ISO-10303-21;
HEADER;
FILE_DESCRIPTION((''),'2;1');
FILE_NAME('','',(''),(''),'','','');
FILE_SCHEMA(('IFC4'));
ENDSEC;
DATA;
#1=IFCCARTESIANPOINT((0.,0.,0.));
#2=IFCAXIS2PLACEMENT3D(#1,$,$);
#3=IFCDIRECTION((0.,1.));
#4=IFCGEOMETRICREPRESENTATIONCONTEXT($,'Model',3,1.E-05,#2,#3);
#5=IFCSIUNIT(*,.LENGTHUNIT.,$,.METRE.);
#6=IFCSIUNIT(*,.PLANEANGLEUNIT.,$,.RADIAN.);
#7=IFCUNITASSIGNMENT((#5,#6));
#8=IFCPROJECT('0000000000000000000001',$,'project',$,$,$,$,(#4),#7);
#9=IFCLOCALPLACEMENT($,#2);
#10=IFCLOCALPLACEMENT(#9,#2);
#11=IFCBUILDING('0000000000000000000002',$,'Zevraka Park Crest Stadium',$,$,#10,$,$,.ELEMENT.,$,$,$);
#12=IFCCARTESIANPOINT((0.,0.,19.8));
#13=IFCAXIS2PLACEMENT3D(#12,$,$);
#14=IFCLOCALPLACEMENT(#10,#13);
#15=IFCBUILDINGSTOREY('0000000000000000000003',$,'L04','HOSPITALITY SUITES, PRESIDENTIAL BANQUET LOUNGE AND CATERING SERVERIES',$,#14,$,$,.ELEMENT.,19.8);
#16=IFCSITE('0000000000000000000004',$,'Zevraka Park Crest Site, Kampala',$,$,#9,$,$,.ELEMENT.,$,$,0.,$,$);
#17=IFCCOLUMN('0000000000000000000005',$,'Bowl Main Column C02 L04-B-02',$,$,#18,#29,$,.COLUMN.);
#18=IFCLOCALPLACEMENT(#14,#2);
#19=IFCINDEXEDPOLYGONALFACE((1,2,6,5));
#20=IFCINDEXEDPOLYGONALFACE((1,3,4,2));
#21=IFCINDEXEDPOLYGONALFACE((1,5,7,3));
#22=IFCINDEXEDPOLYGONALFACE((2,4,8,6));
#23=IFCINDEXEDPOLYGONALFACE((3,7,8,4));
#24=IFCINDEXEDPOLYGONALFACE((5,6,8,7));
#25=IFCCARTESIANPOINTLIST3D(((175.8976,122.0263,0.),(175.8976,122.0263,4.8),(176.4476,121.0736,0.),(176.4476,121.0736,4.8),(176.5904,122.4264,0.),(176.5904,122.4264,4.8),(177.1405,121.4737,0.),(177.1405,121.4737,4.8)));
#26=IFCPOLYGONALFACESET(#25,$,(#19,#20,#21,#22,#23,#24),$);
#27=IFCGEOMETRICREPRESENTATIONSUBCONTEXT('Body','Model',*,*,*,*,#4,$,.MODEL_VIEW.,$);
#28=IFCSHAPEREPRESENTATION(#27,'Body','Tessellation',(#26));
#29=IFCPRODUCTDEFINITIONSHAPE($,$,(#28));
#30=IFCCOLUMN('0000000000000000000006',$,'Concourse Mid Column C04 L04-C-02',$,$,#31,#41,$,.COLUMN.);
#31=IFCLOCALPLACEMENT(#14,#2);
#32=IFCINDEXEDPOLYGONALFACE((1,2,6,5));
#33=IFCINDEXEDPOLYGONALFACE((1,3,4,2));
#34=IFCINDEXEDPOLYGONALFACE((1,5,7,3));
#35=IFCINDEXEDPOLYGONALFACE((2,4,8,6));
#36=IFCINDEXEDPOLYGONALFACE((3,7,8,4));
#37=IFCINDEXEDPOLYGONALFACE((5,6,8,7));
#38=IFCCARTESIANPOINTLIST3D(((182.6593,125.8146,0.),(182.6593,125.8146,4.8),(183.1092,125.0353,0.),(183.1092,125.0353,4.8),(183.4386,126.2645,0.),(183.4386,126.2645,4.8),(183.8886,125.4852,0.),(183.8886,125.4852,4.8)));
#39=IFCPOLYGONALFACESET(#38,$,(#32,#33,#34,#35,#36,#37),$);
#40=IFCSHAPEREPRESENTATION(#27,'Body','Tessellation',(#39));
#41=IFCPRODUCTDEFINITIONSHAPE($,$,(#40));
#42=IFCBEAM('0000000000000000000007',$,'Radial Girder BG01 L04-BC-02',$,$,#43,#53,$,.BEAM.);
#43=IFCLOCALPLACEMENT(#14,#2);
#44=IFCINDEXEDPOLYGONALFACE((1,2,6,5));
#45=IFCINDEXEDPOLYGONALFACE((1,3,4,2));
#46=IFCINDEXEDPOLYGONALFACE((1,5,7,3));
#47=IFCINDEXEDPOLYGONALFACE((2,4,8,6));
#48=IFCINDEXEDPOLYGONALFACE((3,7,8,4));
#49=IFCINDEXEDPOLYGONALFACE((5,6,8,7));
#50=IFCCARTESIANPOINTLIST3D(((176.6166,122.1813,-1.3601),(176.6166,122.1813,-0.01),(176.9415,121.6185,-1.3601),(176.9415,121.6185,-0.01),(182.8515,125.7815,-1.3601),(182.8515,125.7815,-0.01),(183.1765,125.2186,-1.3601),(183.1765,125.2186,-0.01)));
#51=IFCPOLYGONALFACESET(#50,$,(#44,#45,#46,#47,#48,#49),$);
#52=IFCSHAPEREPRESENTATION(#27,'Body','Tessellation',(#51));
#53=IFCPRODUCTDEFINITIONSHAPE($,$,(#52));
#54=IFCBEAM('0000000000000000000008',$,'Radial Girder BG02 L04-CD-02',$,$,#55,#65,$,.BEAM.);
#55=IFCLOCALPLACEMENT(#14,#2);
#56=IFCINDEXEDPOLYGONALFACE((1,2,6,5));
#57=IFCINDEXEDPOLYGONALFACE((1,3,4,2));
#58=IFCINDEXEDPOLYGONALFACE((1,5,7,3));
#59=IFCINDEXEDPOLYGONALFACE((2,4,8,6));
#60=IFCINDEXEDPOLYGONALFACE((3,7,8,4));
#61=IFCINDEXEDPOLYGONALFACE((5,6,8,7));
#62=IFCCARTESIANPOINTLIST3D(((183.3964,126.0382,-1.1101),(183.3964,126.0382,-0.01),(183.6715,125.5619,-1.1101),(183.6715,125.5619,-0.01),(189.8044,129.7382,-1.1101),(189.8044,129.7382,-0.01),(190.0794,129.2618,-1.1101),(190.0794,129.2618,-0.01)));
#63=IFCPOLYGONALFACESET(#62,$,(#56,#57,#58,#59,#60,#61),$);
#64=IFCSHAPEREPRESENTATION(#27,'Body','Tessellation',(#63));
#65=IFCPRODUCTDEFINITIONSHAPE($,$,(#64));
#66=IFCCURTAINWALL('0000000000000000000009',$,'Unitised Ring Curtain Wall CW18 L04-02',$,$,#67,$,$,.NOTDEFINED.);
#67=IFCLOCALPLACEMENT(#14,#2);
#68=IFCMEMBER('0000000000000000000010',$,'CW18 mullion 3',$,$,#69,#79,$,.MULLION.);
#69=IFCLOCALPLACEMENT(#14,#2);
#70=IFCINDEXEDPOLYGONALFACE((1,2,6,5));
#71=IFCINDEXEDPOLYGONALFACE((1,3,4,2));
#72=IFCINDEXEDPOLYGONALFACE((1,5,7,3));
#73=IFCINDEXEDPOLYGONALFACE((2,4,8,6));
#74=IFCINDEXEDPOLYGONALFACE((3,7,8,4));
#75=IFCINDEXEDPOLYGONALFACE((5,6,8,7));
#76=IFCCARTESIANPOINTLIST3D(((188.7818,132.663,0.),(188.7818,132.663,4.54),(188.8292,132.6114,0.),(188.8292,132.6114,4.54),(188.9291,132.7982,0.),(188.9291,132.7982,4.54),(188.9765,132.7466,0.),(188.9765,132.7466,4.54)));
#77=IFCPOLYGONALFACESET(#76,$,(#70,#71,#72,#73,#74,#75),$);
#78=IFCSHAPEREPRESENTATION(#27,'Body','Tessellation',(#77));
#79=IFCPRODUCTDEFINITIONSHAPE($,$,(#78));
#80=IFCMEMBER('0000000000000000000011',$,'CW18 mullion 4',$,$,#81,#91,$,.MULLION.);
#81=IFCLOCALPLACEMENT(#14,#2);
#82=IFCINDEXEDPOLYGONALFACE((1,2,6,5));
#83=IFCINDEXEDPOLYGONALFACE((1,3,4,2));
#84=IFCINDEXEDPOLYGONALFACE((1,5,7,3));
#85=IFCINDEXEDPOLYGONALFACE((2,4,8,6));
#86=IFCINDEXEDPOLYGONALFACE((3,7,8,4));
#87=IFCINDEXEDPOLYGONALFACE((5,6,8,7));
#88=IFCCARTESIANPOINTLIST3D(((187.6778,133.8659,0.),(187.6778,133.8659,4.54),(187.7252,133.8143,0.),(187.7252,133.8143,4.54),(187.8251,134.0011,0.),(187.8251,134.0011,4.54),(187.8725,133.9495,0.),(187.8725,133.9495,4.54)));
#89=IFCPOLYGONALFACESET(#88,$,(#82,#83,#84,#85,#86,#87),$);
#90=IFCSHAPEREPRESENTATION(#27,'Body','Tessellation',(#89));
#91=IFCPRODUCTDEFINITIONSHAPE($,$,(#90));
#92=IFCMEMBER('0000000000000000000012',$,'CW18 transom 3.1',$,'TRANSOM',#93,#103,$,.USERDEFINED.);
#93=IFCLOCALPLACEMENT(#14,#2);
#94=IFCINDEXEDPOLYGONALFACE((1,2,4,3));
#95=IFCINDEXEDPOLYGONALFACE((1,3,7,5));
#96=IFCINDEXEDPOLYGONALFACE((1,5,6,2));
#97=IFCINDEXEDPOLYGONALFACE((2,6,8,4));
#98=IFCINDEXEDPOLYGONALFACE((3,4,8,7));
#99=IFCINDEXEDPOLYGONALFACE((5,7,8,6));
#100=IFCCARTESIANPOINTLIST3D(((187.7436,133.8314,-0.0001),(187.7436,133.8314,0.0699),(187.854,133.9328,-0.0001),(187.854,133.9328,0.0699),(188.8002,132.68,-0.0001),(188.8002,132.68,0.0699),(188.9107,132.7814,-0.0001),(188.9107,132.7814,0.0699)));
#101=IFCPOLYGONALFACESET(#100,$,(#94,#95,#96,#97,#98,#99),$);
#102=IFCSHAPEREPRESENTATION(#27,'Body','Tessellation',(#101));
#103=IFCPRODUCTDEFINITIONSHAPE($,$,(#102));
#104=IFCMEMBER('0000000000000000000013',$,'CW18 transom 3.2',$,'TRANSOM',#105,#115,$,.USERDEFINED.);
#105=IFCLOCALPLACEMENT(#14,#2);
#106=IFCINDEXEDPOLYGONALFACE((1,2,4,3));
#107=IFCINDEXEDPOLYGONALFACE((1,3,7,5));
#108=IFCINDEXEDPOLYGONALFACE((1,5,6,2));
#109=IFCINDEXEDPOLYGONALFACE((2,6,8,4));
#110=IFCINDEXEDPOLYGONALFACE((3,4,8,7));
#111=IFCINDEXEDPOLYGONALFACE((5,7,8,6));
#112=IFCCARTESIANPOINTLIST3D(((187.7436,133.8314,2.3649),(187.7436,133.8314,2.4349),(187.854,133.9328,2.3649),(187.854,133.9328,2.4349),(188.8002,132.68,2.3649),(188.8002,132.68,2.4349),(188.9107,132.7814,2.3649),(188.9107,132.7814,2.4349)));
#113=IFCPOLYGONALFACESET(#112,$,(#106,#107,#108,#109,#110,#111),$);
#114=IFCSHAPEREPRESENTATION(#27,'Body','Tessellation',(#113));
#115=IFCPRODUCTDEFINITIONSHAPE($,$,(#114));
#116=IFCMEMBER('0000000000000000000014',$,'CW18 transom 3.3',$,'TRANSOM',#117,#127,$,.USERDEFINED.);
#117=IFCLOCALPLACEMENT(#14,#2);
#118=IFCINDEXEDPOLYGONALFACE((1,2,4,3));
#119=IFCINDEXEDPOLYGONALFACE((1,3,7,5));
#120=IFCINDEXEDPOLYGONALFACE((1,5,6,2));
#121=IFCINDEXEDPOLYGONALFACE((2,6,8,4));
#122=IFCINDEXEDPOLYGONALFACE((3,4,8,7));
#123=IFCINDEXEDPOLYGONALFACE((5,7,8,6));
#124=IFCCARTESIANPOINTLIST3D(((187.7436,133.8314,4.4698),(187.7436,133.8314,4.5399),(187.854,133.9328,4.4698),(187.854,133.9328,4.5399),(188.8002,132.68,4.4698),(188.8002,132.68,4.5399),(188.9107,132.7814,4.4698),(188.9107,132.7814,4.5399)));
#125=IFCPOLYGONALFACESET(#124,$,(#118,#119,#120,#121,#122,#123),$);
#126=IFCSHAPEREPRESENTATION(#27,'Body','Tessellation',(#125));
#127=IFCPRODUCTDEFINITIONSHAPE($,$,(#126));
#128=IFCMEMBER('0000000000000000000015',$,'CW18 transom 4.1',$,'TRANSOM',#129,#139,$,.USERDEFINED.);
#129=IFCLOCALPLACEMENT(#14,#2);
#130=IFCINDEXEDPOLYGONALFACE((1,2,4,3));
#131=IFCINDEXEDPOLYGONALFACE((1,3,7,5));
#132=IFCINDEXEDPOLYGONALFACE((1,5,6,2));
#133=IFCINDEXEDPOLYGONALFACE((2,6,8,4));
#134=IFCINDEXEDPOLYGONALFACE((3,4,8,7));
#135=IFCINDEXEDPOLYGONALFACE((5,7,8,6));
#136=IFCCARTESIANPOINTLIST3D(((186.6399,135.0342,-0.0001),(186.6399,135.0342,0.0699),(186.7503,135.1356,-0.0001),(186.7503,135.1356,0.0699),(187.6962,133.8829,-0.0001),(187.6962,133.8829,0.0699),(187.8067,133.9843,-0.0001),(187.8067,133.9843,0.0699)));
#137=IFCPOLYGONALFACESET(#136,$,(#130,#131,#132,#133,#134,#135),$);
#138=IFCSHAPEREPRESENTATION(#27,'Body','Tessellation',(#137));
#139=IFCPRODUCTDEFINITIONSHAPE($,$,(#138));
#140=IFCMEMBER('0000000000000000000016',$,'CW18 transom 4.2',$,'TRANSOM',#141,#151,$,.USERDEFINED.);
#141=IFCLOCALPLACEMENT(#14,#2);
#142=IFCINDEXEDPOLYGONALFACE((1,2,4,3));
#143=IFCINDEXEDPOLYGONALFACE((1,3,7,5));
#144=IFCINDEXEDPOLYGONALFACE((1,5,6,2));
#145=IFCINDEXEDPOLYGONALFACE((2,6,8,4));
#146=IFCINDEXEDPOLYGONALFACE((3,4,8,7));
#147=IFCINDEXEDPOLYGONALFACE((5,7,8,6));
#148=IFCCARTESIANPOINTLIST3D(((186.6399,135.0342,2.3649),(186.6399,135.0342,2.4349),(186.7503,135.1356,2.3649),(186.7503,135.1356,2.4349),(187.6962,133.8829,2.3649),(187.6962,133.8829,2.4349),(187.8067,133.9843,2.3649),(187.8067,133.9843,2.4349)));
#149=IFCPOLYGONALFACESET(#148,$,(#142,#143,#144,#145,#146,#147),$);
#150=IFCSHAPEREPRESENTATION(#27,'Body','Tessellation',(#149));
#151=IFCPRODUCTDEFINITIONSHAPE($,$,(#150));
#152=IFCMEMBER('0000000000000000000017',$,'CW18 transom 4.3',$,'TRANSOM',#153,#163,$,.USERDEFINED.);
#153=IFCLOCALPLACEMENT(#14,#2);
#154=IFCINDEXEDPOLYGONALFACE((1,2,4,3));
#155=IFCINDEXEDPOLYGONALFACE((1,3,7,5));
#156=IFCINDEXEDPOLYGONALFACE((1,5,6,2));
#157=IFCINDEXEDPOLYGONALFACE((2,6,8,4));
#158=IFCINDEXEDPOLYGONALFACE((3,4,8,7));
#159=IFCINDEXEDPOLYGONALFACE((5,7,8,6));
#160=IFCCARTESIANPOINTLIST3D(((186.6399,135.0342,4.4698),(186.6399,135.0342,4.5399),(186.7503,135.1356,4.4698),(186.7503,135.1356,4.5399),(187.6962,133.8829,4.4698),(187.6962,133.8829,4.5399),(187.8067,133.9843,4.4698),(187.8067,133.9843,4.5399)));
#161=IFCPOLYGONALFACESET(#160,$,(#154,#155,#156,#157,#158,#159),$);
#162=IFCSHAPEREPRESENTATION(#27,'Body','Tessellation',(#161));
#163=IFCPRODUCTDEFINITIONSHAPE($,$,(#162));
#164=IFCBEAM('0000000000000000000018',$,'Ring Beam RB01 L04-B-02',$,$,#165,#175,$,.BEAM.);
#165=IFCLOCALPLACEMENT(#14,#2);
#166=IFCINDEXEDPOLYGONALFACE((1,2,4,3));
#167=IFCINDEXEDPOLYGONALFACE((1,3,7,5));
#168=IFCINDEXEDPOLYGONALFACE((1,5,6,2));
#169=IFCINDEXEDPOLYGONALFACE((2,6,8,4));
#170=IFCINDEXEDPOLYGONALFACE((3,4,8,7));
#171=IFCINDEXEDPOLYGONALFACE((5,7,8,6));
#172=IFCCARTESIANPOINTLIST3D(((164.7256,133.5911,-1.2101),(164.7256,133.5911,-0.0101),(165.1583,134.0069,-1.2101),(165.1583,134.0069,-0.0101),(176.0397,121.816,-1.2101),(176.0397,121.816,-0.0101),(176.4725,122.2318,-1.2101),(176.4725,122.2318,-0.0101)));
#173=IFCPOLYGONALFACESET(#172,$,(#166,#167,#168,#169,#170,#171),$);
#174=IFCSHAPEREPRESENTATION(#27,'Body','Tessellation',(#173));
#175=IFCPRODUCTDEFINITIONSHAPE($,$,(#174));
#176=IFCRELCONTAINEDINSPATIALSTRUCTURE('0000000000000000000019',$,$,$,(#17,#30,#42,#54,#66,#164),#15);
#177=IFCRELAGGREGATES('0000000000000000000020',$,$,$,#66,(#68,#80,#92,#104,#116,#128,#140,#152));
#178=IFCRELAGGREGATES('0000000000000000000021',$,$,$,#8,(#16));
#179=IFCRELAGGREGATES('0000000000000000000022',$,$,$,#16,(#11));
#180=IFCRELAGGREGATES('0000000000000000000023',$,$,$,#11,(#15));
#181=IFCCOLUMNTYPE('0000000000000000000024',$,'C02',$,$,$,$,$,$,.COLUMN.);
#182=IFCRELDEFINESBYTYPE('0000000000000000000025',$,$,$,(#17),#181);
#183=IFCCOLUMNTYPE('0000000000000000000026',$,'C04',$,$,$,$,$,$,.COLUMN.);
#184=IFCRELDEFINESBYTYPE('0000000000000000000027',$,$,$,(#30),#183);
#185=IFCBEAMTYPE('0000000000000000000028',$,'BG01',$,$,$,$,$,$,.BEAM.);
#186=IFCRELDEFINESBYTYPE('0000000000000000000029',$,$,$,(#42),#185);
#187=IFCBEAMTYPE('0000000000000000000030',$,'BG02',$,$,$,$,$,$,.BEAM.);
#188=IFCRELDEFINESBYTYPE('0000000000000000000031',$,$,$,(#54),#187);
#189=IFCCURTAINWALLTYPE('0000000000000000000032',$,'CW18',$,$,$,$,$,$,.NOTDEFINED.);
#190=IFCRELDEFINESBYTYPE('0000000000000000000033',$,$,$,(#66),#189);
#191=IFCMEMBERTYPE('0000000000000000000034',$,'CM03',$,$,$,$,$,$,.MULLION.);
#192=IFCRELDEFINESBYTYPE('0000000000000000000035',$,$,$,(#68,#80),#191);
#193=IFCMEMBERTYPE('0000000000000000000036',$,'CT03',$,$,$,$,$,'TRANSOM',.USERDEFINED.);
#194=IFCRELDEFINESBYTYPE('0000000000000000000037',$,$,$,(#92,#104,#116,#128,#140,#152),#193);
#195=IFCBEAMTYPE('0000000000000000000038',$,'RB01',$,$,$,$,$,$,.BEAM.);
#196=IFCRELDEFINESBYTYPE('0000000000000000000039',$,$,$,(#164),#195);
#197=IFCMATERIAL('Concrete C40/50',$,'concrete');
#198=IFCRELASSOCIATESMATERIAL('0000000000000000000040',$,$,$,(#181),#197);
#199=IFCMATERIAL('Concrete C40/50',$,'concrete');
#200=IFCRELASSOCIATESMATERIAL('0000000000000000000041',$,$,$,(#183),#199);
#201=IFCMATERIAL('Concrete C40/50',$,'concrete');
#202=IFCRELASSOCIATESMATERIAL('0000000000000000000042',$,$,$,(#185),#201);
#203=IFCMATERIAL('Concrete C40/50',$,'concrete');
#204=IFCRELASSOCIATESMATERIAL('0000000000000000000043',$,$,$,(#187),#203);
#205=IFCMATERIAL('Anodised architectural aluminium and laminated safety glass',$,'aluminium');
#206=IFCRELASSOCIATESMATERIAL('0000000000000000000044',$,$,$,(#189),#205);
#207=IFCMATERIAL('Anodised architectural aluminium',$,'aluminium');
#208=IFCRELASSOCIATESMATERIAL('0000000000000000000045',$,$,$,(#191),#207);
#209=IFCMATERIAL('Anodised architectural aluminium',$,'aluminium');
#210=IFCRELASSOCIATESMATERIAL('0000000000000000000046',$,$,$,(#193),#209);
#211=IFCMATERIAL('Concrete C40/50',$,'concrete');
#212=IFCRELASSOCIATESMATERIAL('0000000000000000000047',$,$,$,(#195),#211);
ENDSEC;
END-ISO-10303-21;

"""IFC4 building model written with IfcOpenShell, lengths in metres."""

from ifc_helpers import new_model, si_unit, direction, frame, origin, origin_2d, place, context, subcontext, project, spatial, rectangle, extrude, material, material_profile, profile_set, type_object, element, aggregate, save


model = new_model("IFC4")

# Units and contexts
model_context = context("Model", 3, precision=1e-05, world=origin(), true_north=direction((0.0, 1.0)))
body_context = subcontext(model_context, "Body", "Model", "MODEL_VIEW")
ifc_project = project(units=[si_unit("LENGTHUNIT", "METRE"), si_unit("PLANEANGLEUNIT", "RADIAN")], contexts=[model_context])

# Site, building, storey
site_placement = place(None, origin())
site = spatial("IfcSite", under=ifc_project, at=site_placement, Name="Zevraka Park Crest Site, Kampala", CompositionType="ELEMENT", RefElevation=0.0)
building_placement = place(site_placement, origin())
building = spatial("IfcBuilding", under=site, at=building_placement, Name="Zevraka Park Crest Stadium", CompositionType="ELEMENT")
storey_placement = place(building_placement, frame((0.0, 0.0, 19.8)))
storey = spatial("IfcBuildingStorey", under=building, at=storey_placement, Name="L04", Description="HOSPITALITY SUITES, PRESIDENTIAL BANQUET LOUNGE AND CATERING SERVERIES", CompositionType="ELEMENT", Elevation=19.8)

# Columns
ifc_material_1 = material(Name="Concrete C40/50", Category="concrete")
ifc_material_profile_1 = material_profile(ifc_material_1, rectangle(XDim=0.8, YDim=1.1001, at=origin_2d()), Name="RC 1100x800")
ifc_profile_set_1 = profile_set([ifc_material_profile_1], Name="Concrete C40/50")
column_type_1 = type_object("IfcColumnType", Name="C02", PredefinedType="COLUMN", material=ifc_profile_set_1)
column_1_placement = place(storey_placement, frame((176.519, 121.75, 0.0), z_axis=(0.0, 0.0, 1.0), x_axis=(0.866025, 0.5, 0.0)))
element("IfcColumn", 1, at=column_1_placement, inside=storey, type_object=column_type_1, Name="Bowl Main Column C02 L04-B-02", PredefinedType="COLUMN", context=body_context, shape_type="SweptSolid", body=[
    extrude(rectangle(XDim=0.8, YDim=1.1001, at=origin_2d()), origin(), (0.0, 0.0, 1.0), 4.8),
])
ifc_material_2 = material(Name="Concrete C40/50", Category="concrete")
ifc_material_profile_2 = material_profile(ifc_material_2, rectangle(XDim=0.8999, YDim=0.8999, at=origin_2d()), Name="RC 900x900")
ifc_profile_set_2 = profile_set([ifc_material_profile_2], Name="Concrete C40/50")
column_type_2 = type_object("IfcColumnType", Name="C04", PredefinedType="COLUMN", material=ifc_profile_set_2)
column_2_placement = place(storey_placement, frame((183.2739, 125.6499, 0.0), z_axis=(0.0, 0.0, 1.0), x_axis=(0.866025, 0.5, 0.0)))
element("IfcColumn", 2, at=column_2_placement, inside=storey, type_object=column_type_2, Name="Concourse Mid Column C04 L04-C-02", PredefinedType="COLUMN", context=body_context, shape_type="SweptSolid", body=[
    extrude(rectangle(XDim=0.8999, YDim=0.8999, at=origin_2d()), origin(), (0.0, 0.0, 1.0), 4.8),
])

# Beams
ifc_material_3 = material(Name="Concrete C40/50", Category="concrete")
ifc_material_profile_3 = material_profile(ifc_material_3, rectangle(XDim=0.6499, YDim=1.3501, at=origin_2d()), Name="RC 1350x650")
ifc_profile_set_3 = profile_set([ifc_material_profile_3], Name="Concrete C40/50")
beam_type_1 = type_object("IfcBeamType", Name="BG01", PredefinedType="BEAM", material=ifc_profile_set_3)
beam_1_placement = place(storey_placement, frame((176.7791, 121.8999, -0.6851), z_axis=(0.866001, 0.500041, 0.0), x_axis=(-0.500041, 0.866001, 0.0)))
element("IfcBeam", 3, at=beam_1_placement, inside=storey, type_object=beam_type_1, Name="Radial Girder BG01 L04-BC-02", PredefinedType="BEAM", context=body_context, shape_type="SweptSolid", body=[
    extrude(rectangle(XDim=0.6499, YDim=1.3501, at=origin_2d()), origin(), (0.0, 0.0, 1.0), 7.1997),
])
ifc_material_4 = material(Name="Concrete C40/50", Category="concrete")
ifc_material_profile_4 = material_profile(ifc_material_4, rectangle(XDim=0.55, YDim=1.1001, at=origin_2d()), Name="RC 1100x550")
ifc_profile_set_4 = profile_set([ifc_material_profile_4], Name="Concrete C40/50")
beam_type_2 = type_object("IfcBeamType", Name="BG02", PredefinedType="BEAM", material=ifc_profile_set_4)
beam_2_placement = place(storey_placement, frame((183.5339, 125.8, -0.5601), z_axis=(0.866007, 0.500032, 0.0), x_axis=(-0.500032, 0.866007, 0.0)))
element("IfcBeam", 4, at=beam_2_placement, inside=storey, type_object=beam_type_2, Name="Radial Girder BG02 L04-CD-02", PredefinedType="BEAM", context=body_context, shape_type="SweptSolid", body=[
    extrude(rectangle(XDim=0.55, YDim=1.1001, at=origin_2d()), origin(), (0.0, 0.0, 1.0), 7.3994),
])

# Curtain wall, members
ifc_material_5 = material(Name="Anodised architectural aluminium and laminated safety glass", Category="aluminium")
curtain_wall_type = type_object("IfcCurtainWallType", Name="CW18", PredefinedType="NOTDEFINED", material=ifc_material_5)
curtain_wall_placement = place(storey_placement, origin())
curtain_wall = element("IfcCurtainWall", 5, at=curtain_wall_placement, inside=storey, type_object=curtain_wall_type, Name="Unitised Ring Curtain Wall CW18 L04-02", PredefinedType="NOTDEFINED")
ifc_material_6 = material(Name="Anodised architectural aluminium", Category="aluminium")
ifc_material_profile_5 = material_profile(ifc_material_6, rectangle(XDim=0.2, YDim=0.0701, at=origin_2d()), Name="ALU MULLION 200x70")
ifc_profile_set_5 = profile_set([ifc_material_profile_5], Name="Anodised architectural aluminium")
member_type_1 = type_object("IfcMemberType", Name="CM03", PredefinedType="MULLION", material=ifc_profile_set_5)
member_1_placement = place(storey_placement, frame((188.8792, 132.7048, 0.0), z_axis=(0.0, 0.0, 1.0), x_axis=(-0.736775, -0.676138, 0.0)))
member_1 = element("IfcMember", 6, at=member_1_placement, type_object=member_type_1, Name="CW18 mullion 3", PredefinedType="MULLION", context=body_context, shape_type="SweptSolid", body=[
    extrude(rectangle(XDim=0.2, YDim=0.0701, at=origin_2d()), origin(), (0.0, 0.0, 1.0), 4.54),
])
member_2_placement = place(storey_placement, frame((187.7751, 133.9077, 0.0), z_axis=(0.0, 0.0, 1.0), x_axis=(-0.736775, -0.676138, 0.0)))
member_2 = element("IfcMember", 7, at=member_2_placement, type_object=member_type_1, Name="CW18 mullion 4", PredefinedType="MULLION", context=body_context, shape_type="SweptSolid", body=[
    extrude(rectangle(XDim=0.2, YDim=0.0701, at=origin_2d()), origin(), (0.0, 0.0, 1.0), 4.54),
])
ifc_material_7 = material(Name="Anodised architectural aluminium", Category="aluminium")
ifc_material_profile_6 = material_profile(ifc_material_7, rectangle(XDim=0.1499, YDim=0.0701, at=origin_2d()), Name="ALU TRANSOM 150x70")
ifc_profile_set_6 = profile_set([ifc_material_profile_6], Name="Anodised architectural aluminium")
member_type_2 = type_object("IfcMemberType", Name="CT03", ElementType="TRANSOM", PredefinedType="USERDEFINED", material=ifc_profile_set_6)
member_3_placement = place(storey_placement, frame((188.8555, 132.7307, 0.0349), z_axis=(-0.676149, 0.736765, 0.0), x_axis=(-0.736765, -0.676149, 0.0)))
member_3 = element("IfcMember", 8, at=member_3_placement, type_object=member_type_2, Name="CW18 transom 3.1", ObjectType="TRANSOM", PredefinedType="USERDEFINED", context=body_context, shape_type="SweptSolid", body=[
    extrude(rectangle(XDim=0.1499, YDim=0.0701, at=origin_2d()), origin(), (0.0, 0.0, 1.0), 1.5627),
])
member_4_placement = place(storey_placement, frame((188.8555, 132.7307, 2.3999), z_axis=(-0.676149, 0.736765, 0.0), x_axis=(-0.736765, -0.676149, 0.0)))
member_4 = element("IfcMember", 9, at=member_4_placement, type_object=member_type_2, Name="CW18 transom 3.2", ObjectType="TRANSOM", PredefinedType="USERDEFINED", context=body_context, shape_type="SweptSolid", body=[
    extrude(rectangle(XDim=0.1499, YDim=0.0701, at=origin_2d()), origin(), (0.0, 0.0, 1.0), 1.5627),
])
member_5_placement = place(storey_placement, frame((188.8555, 132.7307, 4.5049), z_axis=(-0.676149, 0.736765, 0.0), x_axis=(-0.736765, -0.676149, 0.0)))
member_5 = element("IfcMember", 10, at=member_5_placement, type_object=member_type_2, Name="CW18 transom 3.3", ObjectType="TRANSOM", PredefinedType="USERDEFINED", context=body_context, shape_type="SweptSolid", body=[
    extrude(rectangle(XDim=0.1499, YDim=0.0701, at=origin_2d()), origin(), (0.0, 0.0, 1.0), 1.5627),
])
member_6_placement = place(storey_placement, frame((187.7515, 133.9336, 0.0349), z_axis=(-0.676064, 0.736843, 0.0), x_axis=(-0.736843, -0.676064, 0.0)))
member_6 = element("IfcMember", 11, at=member_6_placement, type_object=member_type_2, Name="CW18 transom 4.1", ObjectType="TRANSOM", PredefinedType="USERDEFINED", context=body_context, shape_type="SweptSolid", body=[
    extrude(rectangle(XDim=0.1499, YDim=0.0701, at=origin_2d()), origin(), (0.0, 0.0, 1.0), 1.5625),
])
member_7_placement = place(storey_placement, frame((187.7515, 133.9336, 2.3999), z_axis=(-0.676064, 0.736843, 0.0), x_axis=(-0.736843, -0.676064, 0.0)))
member_7 = element("IfcMember", 12, at=member_7_placement, type_object=member_type_2, Name="CW18 transom 4.2", ObjectType="TRANSOM", PredefinedType="USERDEFINED", context=body_context, shape_type="SweptSolid", body=[
    extrude(rectangle(XDim=0.1499, YDim=0.0701, at=origin_2d()), origin(), (0.0, 0.0, 1.0), 1.5625),
])
member_8_placement = place(storey_placement, frame((187.7515, 133.9336, 4.5049), z_axis=(-0.676064, 0.736843, 0.0), x_axis=(-0.736843, -0.676064, 0.0)))
member_8 = element("IfcMember", 13, at=member_8_placement, type_object=member_type_2, Name="CW18 transom 4.3", ObjectType="TRANSOM", PredefinedType="USERDEFINED", context=body_context, shape_type="SweptSolid", body=[
    extrude(rectangle(XDim=0.1499, YDim=0.0701, at=origin_2d()), origin(), (0.0, 0.0, 1.0), 1.5625),
])

# Beam
ifc_material_8 = material(Name="Concrete C40/50", Category="concrete")
ifc_material_profile_7 = material_profile(ifc_material_8, rectangle(XDim=0.6001, YDim=1.2, at=origin_2d()), Name="RC 1200x600")
ifc_profile_set_7 = profile_set([ifc_material_profile_7], Name="Concrete C40/50")
beam_type_3 = type_object("IfcBeamType", Name="RB01", PredefinedType="BEAM", material=ifc_profile_set_7)
beam_3_placement = place(storey_placement, frame((176.2561, 122.0239, -0.6101), z_axis=(-0.692853, 0.721079, 0.0), x_axis=(-0.721079, -0.692853, 0.0)))
element("IfcBeam", 14, at=beam_3_placement, inside=storey, type_object=beam_type_3, Name="Ring Beam RB01 L04-B-02", PredefinedType="BEAM", context=body_context, shape_type="SweptSolid", body=[
    extrude(rectangle(XDim=0.6001, YDim=1.2, at=origin_2d()), origin(), (0.0, 0.0, 1.0), 16.3298),
])

aggregate(curtain_wall, [member_1, member_2, member_3, member_4, member_5, member_6, member_7, member_8])

save(model, "model.ifc")
